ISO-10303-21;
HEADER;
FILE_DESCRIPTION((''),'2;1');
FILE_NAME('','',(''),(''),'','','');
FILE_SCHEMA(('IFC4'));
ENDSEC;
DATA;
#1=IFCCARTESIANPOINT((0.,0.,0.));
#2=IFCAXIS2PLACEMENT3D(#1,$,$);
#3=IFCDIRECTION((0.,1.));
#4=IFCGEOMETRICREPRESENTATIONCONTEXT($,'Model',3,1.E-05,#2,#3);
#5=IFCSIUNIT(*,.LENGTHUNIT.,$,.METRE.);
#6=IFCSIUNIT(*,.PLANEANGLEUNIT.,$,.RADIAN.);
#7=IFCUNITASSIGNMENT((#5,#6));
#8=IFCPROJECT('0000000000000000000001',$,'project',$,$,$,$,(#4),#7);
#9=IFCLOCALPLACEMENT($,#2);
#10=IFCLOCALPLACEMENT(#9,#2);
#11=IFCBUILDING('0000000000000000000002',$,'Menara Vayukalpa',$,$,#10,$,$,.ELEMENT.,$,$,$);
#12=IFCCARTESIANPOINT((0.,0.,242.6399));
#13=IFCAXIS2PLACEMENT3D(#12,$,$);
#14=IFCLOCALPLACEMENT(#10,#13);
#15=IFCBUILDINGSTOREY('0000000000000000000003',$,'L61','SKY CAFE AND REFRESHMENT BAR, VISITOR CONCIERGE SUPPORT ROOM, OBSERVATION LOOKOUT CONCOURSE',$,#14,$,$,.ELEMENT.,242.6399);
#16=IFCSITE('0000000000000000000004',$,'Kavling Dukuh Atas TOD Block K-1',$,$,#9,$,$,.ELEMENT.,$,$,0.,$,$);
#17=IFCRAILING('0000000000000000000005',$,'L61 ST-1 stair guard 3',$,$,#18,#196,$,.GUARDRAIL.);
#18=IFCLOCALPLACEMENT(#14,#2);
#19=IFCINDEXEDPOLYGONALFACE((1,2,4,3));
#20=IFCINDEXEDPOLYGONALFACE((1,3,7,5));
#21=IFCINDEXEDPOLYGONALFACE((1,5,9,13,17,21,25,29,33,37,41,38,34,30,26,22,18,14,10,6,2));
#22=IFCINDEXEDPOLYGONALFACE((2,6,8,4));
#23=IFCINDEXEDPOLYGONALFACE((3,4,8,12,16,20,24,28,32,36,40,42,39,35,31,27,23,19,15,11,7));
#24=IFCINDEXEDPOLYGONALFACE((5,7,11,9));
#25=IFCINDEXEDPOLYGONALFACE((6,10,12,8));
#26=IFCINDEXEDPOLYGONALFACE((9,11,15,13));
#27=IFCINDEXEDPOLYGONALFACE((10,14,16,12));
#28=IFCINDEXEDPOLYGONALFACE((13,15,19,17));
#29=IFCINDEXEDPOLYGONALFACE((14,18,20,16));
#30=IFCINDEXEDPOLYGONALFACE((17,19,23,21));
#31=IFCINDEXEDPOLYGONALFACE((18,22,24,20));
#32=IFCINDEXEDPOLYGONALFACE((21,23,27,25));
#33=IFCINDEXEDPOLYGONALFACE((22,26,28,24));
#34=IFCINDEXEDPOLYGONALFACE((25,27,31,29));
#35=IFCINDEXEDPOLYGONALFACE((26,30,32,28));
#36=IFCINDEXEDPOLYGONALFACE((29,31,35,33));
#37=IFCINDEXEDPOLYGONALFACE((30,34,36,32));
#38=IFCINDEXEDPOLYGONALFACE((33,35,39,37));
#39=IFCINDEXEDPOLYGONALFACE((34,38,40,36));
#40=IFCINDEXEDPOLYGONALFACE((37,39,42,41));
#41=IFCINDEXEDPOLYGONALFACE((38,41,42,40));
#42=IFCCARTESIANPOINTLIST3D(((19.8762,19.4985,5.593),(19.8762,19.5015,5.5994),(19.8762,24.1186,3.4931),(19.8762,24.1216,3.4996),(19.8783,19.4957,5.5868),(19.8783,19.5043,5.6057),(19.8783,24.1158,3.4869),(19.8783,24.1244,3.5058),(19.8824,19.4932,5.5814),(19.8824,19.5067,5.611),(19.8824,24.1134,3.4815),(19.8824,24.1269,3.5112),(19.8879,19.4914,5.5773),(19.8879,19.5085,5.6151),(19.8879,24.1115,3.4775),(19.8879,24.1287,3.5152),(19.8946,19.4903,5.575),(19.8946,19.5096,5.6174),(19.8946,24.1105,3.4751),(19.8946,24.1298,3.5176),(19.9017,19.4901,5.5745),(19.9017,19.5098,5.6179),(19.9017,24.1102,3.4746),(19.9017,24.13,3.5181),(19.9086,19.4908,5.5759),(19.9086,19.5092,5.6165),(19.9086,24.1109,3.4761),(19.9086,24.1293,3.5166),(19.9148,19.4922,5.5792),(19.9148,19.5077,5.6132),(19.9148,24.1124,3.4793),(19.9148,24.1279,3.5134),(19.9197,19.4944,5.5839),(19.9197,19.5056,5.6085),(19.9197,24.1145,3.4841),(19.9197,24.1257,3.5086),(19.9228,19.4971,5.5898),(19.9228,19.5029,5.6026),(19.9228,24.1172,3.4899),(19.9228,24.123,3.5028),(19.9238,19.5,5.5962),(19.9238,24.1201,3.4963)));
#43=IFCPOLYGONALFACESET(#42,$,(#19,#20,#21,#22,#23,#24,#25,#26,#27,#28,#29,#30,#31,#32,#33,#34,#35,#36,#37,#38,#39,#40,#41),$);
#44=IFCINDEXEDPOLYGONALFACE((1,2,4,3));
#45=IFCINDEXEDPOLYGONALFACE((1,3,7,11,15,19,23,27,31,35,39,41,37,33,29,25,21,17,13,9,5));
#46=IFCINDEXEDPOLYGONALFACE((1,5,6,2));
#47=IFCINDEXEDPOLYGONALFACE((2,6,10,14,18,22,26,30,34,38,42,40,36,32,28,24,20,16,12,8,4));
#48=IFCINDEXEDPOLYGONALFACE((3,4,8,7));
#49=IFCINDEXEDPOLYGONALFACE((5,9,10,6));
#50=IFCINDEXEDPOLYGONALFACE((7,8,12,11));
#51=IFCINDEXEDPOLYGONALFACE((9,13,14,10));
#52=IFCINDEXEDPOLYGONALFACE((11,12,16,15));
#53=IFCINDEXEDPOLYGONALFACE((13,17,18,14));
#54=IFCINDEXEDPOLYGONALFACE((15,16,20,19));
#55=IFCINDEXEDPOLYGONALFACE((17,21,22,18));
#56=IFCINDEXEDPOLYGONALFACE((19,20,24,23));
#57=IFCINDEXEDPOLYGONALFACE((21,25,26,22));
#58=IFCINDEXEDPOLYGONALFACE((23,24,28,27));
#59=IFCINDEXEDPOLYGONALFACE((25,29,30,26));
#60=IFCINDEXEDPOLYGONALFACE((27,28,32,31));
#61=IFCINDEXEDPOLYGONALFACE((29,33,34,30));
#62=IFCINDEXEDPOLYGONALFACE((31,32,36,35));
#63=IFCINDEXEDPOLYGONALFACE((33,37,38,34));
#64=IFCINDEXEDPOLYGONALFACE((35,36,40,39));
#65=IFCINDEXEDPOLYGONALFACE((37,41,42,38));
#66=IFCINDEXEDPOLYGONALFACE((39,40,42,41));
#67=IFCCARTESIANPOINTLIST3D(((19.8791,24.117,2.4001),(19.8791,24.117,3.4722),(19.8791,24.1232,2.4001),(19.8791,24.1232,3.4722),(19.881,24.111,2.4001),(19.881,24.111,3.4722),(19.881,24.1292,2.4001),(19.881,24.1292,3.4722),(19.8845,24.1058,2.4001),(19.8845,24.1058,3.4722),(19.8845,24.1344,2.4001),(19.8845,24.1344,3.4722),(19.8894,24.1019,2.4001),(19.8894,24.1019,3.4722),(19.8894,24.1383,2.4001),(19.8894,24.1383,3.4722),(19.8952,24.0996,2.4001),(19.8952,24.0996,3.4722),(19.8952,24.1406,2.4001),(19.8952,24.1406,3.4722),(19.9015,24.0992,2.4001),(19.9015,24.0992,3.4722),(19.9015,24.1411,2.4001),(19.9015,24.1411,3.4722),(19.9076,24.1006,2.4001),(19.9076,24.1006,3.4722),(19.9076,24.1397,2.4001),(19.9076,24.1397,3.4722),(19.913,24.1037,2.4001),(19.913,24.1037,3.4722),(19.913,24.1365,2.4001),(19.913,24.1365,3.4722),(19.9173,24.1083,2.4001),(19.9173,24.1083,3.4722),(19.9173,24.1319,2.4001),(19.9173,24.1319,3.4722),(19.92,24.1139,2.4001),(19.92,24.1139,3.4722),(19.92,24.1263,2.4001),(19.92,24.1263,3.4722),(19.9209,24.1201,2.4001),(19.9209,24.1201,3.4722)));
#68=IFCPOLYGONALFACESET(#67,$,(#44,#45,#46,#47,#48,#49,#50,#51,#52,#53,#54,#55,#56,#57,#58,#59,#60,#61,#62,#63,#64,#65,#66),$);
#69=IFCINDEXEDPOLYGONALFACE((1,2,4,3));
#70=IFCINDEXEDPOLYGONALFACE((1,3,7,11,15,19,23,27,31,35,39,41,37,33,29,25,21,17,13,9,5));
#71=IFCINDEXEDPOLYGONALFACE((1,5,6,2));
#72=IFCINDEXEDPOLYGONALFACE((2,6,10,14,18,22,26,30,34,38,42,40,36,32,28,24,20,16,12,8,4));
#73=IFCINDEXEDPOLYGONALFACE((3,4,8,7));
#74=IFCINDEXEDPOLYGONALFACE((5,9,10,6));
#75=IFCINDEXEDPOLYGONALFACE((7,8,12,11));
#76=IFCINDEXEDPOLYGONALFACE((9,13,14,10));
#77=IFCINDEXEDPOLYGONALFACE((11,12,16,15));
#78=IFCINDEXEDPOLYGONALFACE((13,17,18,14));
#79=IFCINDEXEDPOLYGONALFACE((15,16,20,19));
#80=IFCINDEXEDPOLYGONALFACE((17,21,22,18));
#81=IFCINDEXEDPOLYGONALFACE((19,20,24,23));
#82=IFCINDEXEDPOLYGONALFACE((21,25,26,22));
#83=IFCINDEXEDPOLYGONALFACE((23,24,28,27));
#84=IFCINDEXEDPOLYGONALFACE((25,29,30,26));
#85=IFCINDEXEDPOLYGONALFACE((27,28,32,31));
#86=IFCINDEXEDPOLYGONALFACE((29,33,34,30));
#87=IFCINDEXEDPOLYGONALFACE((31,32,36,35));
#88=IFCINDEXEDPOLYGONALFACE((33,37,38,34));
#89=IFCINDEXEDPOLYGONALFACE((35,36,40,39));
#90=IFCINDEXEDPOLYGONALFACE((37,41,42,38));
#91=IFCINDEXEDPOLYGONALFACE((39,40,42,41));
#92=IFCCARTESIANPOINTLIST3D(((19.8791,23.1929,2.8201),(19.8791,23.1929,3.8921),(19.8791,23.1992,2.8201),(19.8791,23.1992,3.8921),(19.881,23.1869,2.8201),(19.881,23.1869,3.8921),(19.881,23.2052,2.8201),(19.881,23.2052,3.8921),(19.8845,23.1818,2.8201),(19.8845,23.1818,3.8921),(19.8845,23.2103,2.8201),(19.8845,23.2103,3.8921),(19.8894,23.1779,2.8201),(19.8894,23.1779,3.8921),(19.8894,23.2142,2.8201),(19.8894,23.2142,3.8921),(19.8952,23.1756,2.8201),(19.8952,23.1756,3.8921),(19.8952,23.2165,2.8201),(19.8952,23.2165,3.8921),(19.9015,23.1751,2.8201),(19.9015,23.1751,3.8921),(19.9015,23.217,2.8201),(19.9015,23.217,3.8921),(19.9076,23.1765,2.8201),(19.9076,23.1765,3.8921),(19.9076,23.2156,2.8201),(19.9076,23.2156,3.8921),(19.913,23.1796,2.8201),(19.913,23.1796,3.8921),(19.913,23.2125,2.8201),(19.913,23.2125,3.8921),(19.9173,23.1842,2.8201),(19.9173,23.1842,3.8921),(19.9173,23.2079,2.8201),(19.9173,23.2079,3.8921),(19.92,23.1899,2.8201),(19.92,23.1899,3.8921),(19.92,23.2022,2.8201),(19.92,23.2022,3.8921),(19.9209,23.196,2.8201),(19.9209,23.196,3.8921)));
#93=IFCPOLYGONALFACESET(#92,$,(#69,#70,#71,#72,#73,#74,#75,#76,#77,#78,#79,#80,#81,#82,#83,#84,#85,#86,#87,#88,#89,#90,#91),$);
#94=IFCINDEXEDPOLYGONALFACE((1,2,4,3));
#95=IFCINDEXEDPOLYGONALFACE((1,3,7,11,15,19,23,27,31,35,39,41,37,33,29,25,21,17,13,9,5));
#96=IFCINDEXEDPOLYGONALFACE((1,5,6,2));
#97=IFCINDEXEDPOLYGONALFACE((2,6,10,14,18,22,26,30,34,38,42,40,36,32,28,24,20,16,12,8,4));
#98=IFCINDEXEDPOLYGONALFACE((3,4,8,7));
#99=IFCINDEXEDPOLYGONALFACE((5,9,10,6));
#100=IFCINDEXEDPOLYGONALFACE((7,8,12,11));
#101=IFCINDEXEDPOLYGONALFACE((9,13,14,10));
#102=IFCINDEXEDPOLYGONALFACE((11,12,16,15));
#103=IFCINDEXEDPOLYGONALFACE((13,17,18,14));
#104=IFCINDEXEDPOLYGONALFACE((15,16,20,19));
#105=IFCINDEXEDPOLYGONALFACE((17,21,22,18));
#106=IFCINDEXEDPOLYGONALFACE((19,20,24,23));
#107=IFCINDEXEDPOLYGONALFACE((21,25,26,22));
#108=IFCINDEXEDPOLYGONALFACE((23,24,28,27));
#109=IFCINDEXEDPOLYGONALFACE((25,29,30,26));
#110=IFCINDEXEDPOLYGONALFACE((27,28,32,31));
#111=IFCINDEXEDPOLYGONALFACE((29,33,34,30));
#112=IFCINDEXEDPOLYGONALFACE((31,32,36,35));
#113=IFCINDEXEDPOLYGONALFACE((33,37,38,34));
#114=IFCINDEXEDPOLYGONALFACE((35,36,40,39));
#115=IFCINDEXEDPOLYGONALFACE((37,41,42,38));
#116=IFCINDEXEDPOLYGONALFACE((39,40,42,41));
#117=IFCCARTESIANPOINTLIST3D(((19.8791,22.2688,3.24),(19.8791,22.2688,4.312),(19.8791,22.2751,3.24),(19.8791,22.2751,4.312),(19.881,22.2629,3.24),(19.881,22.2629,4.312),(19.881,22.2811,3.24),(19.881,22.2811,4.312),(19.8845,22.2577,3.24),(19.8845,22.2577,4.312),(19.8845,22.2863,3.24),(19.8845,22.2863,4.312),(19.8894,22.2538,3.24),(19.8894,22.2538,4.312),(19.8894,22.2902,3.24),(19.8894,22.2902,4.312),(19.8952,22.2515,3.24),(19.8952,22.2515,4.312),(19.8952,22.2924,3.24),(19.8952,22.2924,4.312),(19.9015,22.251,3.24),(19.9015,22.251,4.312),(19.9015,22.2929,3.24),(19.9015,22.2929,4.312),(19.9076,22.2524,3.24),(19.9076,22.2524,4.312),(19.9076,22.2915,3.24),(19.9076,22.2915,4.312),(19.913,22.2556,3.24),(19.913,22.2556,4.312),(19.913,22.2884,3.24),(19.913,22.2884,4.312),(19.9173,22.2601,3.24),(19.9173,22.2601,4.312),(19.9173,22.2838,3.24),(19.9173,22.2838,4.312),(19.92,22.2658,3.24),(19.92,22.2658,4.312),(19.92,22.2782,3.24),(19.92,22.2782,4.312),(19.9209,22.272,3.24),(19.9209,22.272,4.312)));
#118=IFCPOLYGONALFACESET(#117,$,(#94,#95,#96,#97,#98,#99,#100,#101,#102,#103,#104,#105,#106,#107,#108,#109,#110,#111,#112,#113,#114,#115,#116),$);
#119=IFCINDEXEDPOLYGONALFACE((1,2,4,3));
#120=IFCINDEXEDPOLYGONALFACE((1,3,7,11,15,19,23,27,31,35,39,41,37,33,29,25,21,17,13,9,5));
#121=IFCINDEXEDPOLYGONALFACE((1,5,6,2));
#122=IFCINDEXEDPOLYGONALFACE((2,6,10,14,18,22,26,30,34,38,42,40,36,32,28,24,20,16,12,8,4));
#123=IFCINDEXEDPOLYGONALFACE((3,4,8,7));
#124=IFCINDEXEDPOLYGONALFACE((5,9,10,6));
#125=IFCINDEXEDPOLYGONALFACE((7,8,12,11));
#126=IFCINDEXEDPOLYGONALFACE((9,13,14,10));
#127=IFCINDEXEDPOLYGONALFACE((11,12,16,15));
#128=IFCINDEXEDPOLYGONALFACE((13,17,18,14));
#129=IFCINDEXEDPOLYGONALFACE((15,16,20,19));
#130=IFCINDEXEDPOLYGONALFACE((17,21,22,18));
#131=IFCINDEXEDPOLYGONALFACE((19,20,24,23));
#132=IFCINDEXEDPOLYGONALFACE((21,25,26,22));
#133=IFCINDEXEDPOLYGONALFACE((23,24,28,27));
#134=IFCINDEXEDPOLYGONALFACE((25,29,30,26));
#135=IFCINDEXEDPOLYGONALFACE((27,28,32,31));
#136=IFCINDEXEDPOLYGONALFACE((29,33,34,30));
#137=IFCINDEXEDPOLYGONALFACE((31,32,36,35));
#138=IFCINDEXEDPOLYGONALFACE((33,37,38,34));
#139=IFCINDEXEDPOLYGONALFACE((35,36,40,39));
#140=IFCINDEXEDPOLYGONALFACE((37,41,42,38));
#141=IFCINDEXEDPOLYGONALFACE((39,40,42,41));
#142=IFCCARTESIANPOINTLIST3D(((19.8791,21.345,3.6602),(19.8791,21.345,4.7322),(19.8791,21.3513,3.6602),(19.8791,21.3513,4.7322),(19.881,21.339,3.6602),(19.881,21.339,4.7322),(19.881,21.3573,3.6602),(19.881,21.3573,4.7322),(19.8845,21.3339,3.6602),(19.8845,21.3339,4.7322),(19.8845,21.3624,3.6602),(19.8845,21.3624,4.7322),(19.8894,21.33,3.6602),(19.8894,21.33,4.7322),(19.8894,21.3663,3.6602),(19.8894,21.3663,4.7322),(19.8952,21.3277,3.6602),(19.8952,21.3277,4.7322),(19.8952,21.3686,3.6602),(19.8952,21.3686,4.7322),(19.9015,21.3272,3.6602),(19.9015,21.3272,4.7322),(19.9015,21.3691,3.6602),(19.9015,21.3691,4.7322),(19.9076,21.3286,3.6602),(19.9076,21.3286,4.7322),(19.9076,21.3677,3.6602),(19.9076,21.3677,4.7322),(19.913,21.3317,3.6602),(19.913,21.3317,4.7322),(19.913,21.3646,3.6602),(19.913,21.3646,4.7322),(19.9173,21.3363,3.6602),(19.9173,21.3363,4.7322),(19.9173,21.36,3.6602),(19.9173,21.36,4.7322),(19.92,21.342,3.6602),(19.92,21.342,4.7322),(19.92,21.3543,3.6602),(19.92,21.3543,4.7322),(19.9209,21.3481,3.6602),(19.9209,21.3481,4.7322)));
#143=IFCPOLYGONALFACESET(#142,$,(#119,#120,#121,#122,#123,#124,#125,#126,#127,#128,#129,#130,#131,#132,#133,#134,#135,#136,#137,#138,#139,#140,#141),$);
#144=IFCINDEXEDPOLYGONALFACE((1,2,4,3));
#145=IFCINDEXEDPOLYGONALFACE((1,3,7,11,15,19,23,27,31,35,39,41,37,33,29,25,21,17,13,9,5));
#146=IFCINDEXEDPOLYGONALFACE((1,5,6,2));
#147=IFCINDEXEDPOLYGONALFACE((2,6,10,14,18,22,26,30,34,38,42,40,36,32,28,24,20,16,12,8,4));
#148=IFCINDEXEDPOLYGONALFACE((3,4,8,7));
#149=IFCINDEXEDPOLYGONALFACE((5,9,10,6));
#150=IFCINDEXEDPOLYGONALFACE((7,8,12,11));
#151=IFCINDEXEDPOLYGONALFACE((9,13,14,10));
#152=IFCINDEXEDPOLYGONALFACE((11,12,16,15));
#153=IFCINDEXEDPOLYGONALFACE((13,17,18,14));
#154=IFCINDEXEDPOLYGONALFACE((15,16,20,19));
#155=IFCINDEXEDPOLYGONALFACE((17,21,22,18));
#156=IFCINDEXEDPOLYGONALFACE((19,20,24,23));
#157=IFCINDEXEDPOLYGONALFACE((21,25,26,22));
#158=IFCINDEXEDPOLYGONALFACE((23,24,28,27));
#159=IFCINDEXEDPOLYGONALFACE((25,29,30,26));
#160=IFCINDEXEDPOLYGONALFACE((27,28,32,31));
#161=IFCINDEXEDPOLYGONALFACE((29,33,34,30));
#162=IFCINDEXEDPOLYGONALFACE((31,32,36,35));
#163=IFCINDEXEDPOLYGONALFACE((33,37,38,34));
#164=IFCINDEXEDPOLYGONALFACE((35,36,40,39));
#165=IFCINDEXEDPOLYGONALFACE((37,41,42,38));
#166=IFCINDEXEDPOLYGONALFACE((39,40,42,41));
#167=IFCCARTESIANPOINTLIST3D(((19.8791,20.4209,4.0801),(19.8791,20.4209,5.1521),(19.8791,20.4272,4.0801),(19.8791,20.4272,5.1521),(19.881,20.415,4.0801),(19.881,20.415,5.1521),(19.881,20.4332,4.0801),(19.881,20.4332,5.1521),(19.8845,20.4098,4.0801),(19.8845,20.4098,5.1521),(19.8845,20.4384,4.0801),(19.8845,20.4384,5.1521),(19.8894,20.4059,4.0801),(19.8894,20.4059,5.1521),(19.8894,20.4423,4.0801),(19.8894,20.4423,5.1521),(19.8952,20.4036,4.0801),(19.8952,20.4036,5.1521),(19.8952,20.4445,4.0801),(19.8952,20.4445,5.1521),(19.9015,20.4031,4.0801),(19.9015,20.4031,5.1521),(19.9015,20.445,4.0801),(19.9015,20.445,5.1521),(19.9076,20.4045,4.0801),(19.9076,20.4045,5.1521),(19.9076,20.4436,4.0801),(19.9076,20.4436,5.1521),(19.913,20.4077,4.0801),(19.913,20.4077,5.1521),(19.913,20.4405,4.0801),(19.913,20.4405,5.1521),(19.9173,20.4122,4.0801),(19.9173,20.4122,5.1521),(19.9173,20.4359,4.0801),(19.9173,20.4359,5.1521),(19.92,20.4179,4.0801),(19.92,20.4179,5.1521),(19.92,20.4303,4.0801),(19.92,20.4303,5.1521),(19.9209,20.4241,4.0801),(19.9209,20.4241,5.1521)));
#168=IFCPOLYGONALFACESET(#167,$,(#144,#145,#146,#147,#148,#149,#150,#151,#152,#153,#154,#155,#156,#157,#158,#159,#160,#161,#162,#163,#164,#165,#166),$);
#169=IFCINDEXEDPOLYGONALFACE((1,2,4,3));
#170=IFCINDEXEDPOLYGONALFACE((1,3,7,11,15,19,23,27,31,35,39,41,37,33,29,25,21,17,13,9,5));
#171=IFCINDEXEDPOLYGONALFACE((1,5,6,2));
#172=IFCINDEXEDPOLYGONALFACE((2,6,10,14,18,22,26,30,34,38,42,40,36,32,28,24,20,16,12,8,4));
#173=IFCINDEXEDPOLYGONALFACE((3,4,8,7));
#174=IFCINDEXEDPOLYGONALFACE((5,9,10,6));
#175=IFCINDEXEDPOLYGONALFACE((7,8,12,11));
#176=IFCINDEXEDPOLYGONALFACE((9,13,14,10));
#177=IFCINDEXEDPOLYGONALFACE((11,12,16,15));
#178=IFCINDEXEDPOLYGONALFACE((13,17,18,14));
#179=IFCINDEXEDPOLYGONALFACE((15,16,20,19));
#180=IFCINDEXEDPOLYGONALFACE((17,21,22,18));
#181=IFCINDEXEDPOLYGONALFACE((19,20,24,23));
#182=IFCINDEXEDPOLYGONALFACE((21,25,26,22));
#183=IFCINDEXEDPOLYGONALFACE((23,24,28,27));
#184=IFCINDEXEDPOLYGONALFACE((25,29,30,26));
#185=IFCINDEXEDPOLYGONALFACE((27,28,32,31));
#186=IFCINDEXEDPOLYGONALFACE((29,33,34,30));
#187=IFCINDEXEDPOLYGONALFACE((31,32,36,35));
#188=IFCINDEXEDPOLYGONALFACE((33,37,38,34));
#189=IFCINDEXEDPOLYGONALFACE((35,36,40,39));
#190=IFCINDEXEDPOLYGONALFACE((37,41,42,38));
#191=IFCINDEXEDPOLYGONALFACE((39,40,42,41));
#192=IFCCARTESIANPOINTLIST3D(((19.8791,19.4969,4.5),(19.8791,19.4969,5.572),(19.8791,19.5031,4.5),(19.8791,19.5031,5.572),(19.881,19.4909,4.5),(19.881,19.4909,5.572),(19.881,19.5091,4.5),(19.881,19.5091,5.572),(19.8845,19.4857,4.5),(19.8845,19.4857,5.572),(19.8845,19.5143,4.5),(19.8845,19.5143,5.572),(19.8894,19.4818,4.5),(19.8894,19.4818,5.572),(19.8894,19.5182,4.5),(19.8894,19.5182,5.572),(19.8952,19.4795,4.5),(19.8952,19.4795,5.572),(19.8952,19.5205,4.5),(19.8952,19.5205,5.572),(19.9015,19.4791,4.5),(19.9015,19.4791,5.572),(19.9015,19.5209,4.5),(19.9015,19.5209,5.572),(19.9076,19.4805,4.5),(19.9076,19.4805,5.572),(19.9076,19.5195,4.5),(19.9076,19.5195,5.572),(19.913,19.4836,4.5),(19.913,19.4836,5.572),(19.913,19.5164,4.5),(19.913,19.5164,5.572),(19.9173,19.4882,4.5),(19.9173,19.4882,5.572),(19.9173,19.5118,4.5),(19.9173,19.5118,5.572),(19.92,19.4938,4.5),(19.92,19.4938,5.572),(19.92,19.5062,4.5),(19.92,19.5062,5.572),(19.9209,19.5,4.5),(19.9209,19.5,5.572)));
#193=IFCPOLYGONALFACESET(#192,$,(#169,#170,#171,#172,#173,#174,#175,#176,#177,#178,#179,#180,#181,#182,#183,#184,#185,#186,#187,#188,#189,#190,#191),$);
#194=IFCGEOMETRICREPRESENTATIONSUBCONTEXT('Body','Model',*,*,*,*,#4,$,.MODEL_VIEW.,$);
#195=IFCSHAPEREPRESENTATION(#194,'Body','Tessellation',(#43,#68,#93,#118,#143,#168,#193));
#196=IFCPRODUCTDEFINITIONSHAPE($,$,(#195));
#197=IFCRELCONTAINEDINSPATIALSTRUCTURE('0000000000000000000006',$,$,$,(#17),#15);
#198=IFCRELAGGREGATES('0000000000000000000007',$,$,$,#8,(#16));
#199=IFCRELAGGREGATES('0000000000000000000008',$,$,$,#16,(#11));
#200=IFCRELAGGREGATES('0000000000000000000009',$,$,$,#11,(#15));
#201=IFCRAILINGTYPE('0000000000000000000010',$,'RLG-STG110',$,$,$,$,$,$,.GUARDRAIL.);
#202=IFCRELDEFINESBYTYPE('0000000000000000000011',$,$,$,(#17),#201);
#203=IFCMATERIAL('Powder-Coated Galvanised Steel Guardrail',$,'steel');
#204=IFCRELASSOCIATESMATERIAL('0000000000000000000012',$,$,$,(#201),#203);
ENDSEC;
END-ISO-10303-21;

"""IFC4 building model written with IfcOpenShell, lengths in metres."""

from ifc_helpers import new_model, si_unit, direction, frame, origin, origin_2d, place, context, subcontext, project, spatial, circle, extrude, material, type_object, element, save


model = new_model("IFC4")

# Units and contexts
model_context = context("Model", 3, precision=1e-05, world=origin(), true_north=direction((0.0, 1.0)))
body_context = subcontext(model_context, "Body", "Model", "MODEL_VIEW")
ifc_project = project(units=[si_unit("LENGTHUNIT", "METRE"), si_unit("PLANEANGLEUNIT", "RADIAN")], contexts=[model_context])

# Site, building, storey
site_placement = place(None, origin())
site = spatial("IfcSite", under=ifc_project, at=site_placement, Name="Kavling Dukuh Atas TOD Block K-1", CompositionType="ELEMENT", RefElevation=0.0)
building_placement = place(site_placement, origin())
building = spatial("IfcBuilding", under=site, at=building_placement, Name="Menara Vayukalpa", CompositionType="ELEMENT")
storey_placement = place(building_placement, frame((0.0, 0.0, 242.6399)))
storey = spatial("IfcBuildingStorey", under=building, at=storey_placement, Name="L61", Description="SKY CAFE AND REFRESHMENT BAR, VISITOR CONCIERGE SUPPORT ROOM, OBSERVATION LOOKOUT CONCOURSE", CompositionType="ELEMENT", Elevation=242.6399)

# Railing
ifc_material_1 = material(Name="Powder-Coated Galvanised Steel Guardrail", Category="steel")
railing_type_1 = type_object("IfcRailingType", Name="RLG-STG110", PredefinedType="GUARDRAIL", material=ifc_material_1)
railing_1_placement = place(storey_placement, frame((19.8999, 24.1201, 2.4001)))
element("IfcRailing", 1, at=railing_1_placement, inside=storey, type_object=railing_type_1, Name="L61 ST-1 stair guard 3", PredefinedType="GUARDRAIL", context=body_context, shape_type="SweptSolid", body=[
    extrude(circle(Radius=0.0239, at=origin_2d()), frame((0.0, 0.0, 1.0962), z_axis=(0.0, -0.910381, 0.41377), x_axis=(1.0, 0.0, 0.0)), (0.0, 0.0, 1.0), 5.075),
    extrude(circle(Radius=0.021, at=origin_2d()), origin(), (0.0, 0.0, 1.0), 1.072),
    extrude(circle(Radius=0.021, at=origin_2d()), frame((0.0, -0.9241, 0.4199)), (0.0, 0.0, 1.0), 1.072),
    extrude(circle(Radius=0.021, at=origin_2d()), frame((0.0, -1.8481, 0.8398)), (0.0, 0.0, 1.0), 1.072),
    extrude(circle(Radius=0.021, at=origin_2d()), frame((0.0, -2.772, 1.26)), (0.0, 0.0, 1.0), 1.072),
    extrude(circle(Radius=0.021, at=origin_2d()), frame((0.0, -3.696, 1.6799)), (0.0, 0.0, 1.0), 1.072),
    extrude(circle(Radius=0.021, at=origin_2d()), frame((0.0, -4.6201, 2.0999)), (0.0, 0.0, 1.0), 1.072),
])

save(model, "model.ifc")
